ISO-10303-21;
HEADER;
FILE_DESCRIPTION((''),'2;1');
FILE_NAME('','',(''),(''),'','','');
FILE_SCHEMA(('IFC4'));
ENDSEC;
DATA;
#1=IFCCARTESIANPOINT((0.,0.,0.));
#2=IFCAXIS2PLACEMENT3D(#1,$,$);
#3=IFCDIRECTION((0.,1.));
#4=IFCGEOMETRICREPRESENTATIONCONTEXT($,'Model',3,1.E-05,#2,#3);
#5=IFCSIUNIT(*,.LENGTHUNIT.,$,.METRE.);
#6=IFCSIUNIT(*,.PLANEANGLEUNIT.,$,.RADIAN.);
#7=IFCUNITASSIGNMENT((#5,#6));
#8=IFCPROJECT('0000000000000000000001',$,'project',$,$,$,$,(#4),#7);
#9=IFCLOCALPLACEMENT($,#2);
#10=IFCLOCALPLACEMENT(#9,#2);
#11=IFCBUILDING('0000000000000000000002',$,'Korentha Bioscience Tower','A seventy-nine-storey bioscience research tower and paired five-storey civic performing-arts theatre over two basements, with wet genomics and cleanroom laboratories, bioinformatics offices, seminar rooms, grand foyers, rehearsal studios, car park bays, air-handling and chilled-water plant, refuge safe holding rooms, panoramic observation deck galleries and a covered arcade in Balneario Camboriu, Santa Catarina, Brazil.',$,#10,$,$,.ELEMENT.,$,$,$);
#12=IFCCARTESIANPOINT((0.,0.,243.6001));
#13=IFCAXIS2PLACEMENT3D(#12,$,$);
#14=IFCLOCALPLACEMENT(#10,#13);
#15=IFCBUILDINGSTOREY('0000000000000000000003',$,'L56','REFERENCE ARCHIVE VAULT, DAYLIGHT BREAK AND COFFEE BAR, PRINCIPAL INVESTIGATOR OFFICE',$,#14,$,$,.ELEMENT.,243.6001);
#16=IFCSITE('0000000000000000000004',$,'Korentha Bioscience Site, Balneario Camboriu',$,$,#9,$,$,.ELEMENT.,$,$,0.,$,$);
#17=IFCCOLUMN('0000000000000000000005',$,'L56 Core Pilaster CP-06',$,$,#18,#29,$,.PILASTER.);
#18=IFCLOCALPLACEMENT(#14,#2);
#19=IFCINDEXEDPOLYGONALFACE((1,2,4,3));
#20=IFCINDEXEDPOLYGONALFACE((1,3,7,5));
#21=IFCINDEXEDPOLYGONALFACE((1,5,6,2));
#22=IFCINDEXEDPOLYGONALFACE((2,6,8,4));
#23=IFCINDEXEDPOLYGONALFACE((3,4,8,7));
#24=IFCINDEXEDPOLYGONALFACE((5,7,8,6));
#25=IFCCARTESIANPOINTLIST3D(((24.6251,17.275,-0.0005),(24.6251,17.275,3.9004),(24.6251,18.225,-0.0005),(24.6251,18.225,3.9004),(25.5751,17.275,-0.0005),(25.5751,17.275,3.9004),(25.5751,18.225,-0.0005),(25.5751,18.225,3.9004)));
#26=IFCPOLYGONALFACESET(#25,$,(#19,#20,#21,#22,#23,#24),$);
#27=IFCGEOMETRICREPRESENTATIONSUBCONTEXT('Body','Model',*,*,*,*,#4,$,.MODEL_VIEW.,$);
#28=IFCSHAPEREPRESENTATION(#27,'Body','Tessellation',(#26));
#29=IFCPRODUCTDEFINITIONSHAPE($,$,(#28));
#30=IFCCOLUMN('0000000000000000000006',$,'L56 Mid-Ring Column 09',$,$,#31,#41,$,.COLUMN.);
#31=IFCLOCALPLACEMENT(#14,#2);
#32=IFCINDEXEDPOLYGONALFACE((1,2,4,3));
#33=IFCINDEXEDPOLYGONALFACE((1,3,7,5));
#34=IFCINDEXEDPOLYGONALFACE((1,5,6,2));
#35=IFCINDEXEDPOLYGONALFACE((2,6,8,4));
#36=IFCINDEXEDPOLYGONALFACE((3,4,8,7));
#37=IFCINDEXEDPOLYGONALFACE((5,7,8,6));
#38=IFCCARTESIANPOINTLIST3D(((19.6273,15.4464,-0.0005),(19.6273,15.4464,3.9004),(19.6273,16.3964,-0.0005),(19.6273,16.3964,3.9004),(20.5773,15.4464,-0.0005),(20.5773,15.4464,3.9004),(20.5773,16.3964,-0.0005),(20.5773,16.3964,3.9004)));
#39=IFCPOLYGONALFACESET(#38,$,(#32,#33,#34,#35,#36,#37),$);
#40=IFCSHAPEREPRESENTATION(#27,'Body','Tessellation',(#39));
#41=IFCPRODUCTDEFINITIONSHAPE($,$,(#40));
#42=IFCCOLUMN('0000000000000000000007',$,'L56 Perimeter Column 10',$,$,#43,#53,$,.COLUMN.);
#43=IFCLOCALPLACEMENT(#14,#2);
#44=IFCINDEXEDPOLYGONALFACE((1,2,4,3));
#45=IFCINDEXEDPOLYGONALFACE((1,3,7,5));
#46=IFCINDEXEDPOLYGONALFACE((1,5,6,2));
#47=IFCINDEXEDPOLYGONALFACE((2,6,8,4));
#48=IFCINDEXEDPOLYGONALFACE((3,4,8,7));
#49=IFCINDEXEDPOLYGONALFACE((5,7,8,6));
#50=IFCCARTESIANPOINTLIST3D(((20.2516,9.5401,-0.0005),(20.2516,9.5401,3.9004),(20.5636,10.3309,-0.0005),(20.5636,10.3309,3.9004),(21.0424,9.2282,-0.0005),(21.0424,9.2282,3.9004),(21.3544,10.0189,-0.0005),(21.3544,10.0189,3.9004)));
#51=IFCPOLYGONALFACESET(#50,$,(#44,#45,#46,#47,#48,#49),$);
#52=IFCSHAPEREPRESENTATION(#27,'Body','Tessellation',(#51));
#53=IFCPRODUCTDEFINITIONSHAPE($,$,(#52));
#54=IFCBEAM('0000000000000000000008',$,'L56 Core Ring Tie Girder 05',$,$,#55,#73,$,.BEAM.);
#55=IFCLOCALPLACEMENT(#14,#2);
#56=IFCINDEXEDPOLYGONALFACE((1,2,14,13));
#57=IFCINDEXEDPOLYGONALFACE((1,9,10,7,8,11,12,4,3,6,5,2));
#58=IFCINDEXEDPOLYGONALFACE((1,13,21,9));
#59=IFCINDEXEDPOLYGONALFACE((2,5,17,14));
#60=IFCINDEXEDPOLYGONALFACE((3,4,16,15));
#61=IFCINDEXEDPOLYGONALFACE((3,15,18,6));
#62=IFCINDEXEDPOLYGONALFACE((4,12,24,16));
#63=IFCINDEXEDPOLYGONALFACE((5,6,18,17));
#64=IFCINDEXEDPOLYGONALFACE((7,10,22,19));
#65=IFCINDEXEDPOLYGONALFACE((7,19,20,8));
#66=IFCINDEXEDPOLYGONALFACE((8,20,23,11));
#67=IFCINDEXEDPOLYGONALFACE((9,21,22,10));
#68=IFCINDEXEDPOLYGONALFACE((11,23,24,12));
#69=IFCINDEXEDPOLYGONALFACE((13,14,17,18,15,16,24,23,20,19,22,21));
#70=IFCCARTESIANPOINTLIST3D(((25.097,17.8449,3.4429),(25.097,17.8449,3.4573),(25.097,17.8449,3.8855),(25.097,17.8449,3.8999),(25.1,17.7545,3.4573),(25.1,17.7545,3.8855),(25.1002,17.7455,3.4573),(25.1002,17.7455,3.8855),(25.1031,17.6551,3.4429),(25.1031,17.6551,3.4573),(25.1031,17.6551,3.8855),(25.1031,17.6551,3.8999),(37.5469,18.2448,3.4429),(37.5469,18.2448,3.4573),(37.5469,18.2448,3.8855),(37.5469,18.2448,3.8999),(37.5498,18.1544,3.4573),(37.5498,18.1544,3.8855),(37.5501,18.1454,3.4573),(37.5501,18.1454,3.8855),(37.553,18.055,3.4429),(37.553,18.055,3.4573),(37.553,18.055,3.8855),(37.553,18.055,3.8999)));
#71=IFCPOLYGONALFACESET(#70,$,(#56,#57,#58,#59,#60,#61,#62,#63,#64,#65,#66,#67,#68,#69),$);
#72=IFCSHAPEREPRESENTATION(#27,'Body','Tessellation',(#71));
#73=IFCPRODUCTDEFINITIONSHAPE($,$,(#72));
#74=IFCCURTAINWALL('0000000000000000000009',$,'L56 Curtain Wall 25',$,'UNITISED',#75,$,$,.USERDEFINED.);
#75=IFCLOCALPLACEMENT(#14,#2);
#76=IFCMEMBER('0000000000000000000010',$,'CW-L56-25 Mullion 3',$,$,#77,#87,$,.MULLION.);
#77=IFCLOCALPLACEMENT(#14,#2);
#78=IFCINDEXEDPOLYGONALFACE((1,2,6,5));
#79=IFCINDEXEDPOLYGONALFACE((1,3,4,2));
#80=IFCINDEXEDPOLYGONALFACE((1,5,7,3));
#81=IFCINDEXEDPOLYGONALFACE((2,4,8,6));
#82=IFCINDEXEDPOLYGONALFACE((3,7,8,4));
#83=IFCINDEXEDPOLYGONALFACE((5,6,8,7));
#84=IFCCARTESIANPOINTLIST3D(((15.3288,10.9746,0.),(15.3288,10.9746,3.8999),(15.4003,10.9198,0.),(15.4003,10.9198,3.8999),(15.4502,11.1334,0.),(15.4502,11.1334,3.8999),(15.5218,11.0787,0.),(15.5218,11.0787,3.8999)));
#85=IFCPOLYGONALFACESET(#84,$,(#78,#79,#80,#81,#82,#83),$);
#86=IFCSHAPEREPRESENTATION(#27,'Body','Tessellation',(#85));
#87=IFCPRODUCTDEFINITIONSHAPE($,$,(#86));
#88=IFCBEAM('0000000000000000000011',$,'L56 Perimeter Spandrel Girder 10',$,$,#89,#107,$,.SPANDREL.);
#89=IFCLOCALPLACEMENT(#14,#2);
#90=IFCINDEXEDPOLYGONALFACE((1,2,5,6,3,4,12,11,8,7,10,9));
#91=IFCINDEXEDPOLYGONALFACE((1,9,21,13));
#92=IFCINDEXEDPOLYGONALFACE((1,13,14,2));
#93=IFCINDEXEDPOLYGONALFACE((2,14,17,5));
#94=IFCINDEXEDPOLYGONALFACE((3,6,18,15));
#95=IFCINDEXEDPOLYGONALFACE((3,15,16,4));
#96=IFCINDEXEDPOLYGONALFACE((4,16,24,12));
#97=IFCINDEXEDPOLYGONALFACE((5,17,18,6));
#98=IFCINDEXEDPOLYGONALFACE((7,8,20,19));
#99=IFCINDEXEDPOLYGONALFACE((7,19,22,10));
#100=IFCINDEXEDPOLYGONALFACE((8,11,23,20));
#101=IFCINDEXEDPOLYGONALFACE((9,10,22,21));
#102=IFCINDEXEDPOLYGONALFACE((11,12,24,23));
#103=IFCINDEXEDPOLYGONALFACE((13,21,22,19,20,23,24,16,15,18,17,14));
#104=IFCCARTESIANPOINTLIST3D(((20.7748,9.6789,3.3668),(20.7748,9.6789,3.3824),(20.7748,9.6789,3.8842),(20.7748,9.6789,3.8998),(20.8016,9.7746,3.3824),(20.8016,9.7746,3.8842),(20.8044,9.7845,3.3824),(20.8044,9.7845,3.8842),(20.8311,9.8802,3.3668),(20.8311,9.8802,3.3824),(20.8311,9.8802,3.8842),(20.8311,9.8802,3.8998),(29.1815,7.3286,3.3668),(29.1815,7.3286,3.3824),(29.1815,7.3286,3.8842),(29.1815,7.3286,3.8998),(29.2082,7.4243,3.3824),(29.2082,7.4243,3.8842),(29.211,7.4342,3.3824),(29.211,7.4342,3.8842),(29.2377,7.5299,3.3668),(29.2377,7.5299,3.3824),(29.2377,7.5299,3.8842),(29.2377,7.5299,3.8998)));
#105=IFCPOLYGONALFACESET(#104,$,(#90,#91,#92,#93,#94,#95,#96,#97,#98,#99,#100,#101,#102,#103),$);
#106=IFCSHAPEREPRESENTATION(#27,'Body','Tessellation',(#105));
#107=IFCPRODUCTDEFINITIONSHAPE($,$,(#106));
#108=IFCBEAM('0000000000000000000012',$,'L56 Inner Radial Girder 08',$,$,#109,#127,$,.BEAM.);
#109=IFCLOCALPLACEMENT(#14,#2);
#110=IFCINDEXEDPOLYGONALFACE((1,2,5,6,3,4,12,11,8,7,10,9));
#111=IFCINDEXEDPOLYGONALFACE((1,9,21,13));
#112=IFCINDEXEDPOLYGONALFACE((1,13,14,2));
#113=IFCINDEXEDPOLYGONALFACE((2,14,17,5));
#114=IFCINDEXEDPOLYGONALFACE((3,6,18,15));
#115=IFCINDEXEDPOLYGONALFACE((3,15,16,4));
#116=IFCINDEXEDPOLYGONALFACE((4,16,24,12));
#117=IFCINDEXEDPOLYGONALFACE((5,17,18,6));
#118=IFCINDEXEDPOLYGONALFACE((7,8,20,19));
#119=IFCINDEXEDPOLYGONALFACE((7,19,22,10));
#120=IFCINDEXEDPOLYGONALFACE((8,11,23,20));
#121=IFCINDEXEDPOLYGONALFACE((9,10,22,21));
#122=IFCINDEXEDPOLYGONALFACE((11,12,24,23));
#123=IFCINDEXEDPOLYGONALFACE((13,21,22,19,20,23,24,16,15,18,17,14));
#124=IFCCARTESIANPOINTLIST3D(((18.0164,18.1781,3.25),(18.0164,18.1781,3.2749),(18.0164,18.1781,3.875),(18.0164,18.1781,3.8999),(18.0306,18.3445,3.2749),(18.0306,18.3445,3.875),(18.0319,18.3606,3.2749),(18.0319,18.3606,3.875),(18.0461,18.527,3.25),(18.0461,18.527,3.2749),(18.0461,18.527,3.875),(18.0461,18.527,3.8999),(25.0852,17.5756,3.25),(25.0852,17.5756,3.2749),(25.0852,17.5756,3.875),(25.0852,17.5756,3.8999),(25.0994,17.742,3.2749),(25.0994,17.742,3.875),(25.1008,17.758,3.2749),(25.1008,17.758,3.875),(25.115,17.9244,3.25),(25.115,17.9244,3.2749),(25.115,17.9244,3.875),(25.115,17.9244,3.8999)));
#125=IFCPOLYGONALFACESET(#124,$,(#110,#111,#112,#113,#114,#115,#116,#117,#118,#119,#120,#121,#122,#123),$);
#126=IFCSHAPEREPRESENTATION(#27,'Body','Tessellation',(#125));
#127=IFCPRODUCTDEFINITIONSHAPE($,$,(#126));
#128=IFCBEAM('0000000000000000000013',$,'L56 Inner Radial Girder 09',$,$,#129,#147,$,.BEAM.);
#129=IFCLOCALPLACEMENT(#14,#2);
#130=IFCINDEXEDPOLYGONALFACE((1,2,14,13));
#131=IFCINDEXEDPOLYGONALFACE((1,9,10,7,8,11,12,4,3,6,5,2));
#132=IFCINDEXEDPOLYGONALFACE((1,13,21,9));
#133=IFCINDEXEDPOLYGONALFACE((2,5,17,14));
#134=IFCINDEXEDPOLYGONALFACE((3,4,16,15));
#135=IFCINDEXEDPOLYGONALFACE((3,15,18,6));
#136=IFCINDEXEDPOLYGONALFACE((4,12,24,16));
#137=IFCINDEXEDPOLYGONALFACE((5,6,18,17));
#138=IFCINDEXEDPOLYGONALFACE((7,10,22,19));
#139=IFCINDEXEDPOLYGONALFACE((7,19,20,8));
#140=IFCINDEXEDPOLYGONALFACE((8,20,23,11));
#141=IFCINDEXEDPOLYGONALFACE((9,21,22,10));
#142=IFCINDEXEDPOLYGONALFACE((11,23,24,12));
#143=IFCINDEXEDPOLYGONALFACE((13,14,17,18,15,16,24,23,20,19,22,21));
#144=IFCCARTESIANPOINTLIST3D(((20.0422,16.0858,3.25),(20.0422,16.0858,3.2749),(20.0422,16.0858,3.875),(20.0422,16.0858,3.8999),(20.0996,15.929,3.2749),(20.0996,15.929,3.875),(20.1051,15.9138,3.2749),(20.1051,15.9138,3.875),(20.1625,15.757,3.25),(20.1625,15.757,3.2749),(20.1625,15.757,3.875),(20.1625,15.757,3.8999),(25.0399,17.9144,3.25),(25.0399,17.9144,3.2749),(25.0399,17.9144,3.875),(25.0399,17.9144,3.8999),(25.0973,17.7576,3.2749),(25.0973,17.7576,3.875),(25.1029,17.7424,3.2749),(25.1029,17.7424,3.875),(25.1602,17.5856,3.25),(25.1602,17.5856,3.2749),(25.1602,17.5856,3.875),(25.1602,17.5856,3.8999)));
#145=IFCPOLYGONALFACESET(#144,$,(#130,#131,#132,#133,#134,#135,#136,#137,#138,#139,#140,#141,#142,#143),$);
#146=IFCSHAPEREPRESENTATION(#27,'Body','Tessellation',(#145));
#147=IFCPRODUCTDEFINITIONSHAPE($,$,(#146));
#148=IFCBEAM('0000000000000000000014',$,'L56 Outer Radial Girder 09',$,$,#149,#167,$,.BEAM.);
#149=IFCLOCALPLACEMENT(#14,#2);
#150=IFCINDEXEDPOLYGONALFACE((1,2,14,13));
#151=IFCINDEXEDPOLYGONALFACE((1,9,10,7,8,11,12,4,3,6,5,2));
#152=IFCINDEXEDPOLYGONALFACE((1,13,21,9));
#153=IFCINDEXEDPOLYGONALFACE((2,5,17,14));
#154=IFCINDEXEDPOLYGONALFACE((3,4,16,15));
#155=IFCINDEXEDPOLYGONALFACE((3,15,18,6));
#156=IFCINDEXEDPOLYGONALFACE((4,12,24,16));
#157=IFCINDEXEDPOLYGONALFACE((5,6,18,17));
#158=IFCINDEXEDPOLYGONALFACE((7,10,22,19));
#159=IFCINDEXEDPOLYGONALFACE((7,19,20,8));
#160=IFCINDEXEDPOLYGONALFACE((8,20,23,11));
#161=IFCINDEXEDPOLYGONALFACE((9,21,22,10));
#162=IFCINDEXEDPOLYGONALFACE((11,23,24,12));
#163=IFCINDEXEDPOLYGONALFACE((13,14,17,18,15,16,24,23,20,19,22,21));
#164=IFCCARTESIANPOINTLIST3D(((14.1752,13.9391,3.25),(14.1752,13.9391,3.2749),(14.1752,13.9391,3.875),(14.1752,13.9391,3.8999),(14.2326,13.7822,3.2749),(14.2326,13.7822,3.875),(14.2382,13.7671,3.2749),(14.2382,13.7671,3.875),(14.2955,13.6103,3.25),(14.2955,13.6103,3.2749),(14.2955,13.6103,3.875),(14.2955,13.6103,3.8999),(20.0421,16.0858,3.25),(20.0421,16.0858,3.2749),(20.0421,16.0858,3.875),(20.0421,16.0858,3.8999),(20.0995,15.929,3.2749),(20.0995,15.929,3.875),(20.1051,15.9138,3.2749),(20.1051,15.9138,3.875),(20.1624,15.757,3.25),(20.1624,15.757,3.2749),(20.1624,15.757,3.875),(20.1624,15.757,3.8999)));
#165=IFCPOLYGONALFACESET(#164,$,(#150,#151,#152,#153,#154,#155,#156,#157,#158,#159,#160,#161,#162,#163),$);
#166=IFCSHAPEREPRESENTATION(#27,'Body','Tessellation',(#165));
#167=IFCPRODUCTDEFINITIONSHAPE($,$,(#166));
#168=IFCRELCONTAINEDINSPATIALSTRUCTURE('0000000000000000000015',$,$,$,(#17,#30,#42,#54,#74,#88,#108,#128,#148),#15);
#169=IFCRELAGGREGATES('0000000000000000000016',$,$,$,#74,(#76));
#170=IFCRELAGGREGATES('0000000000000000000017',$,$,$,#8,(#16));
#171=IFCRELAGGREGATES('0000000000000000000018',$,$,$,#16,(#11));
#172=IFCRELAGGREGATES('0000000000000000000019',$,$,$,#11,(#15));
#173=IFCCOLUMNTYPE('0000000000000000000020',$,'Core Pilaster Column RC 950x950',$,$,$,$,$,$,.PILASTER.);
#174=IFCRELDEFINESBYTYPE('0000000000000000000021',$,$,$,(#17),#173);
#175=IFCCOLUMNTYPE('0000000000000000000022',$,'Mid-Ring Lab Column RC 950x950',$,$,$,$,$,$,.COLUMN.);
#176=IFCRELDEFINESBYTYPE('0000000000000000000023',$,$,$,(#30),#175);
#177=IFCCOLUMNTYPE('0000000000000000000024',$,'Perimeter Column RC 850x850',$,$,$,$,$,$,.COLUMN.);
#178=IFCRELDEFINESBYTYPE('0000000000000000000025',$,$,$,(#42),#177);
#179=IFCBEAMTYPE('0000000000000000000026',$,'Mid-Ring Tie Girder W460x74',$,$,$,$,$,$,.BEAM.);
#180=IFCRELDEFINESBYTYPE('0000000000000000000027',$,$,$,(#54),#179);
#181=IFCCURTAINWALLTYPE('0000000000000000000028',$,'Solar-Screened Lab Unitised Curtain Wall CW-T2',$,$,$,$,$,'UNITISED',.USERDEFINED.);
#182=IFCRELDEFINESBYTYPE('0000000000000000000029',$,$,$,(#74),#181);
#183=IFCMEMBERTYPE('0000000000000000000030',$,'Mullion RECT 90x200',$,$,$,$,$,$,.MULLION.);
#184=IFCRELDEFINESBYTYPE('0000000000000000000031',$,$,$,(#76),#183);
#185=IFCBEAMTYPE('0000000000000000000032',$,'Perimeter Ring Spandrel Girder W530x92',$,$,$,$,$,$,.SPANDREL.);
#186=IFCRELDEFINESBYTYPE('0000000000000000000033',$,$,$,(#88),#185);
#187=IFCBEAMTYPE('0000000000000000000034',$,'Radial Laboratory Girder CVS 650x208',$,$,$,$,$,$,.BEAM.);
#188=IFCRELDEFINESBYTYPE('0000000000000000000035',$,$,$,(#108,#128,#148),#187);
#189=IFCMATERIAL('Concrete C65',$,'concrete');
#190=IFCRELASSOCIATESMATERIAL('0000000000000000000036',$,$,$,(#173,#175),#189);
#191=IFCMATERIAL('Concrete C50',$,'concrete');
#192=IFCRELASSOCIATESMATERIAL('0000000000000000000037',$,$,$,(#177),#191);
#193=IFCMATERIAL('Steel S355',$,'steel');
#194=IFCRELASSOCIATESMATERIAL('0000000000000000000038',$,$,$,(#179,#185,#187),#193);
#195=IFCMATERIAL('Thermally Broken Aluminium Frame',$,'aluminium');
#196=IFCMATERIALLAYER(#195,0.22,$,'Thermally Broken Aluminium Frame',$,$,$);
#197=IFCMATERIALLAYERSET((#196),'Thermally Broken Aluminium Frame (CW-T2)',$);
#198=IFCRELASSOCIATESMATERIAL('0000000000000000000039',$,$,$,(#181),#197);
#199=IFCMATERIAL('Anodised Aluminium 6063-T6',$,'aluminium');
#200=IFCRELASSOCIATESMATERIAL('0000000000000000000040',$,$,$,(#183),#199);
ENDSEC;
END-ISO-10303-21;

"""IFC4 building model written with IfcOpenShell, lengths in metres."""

from ifc_helpers import new_model, si_unit, direction, frame, origin, origin_2d, place, context, subcontext, project, spatial, rectangle, i_section, extrude, material, layer, layer_set, material_profile, profile_set, type_object, element, aggregate, save


model = new_model("IFC4")

# Units and contexts
model_context = context("Model", 3, precision=1e-05, world=origin(), true_north=direction((0.0, 1.0)))
body_context = subcontext(model_context, "Body", "Model", "MODEL_VIEW")
ifc_project = project(units=[si_unit("LENGTHUNIT", "METRE"), si_unit("PLANEANGLEUNIT", "RADIAN")], contexts=[model_context])

# Site, building, storey
site_placement = place(None, origin())
site = spatial("IfcSite", under=ifc_project, at=site_placement, Name="Korentha Bioscience Site, Balneario Camboriu", CompositionType="ELEMENT", RefElevation=0.0)
building_placement = place(site_placement, origin())
building = spatial("IfcBuilding", under=site, at=building_placement, Name="Korentha Bioscience Tower", Description="A seventy-nine-storey bioscience research tower and paired five-storey civic performing-arts theatre over two basements, with wet genomics and cleanroom laboratories, bioinformatics offices, seminar rooms, grand foyers, rehearsal studios, car park bays, air-handling and chilled-water plant, refuge safe holding rooms, panoramic observation deck galleries and a covered arcade in Balneario Camboriu, Santa Catarina, Brazil.", CompositionType="ELEMENT")
storey_placement = place(building_placement, frame((0.0, 0.0, 243.6001)))
storey = spatial("IfcBuildingStorey", under=building, at=storey_placement, Name="L56", Description="REFERENCE ARCHIVE VAULT, DAYLIGHT BREAK AND COFFEE BAR, PRINCIPAL INVESTIGATOR OFFICE", CompositionType="ELEMENT", Elevation=243.6001)

# Columns
ifc_material_1 = material(Name="Concrete C65", Category="concrete")
ifc_material_profile_1 = material_profile(ifc_material_1, rectangle(XDim=0.95, YDim=0.95, at=origin_2d()), Name="Concrete C65")
ifc_profile_set_1 = profile_set([ifc_material_profile_1], Name="Concrete C65 (COL-CP09)")
column_type_1 = type_object("IfcColumnType", Name="Core Pilaster Column RC 950x950", PredefinedType="PILASTER", material=ifc_profile_set_1)
column_1_placement = place(storey_placement, frame((25.1001, 17.75, -0.0005), z_axis=(0.0, 0.0, 1.0), x_axis=(1.0, 0.0, 0.0)))
element("IfcColumn", 1, at=column_1_placement, inside=storey, type_object=column_type_1, Name="L56 Core Pilaster CP-06", PredefinedType="PILASTER", context=body_context, shape_type="SweptSolid", body=[
    extrude(rectangle(XDim=0.95, YDim=0.95, at=origin_2d()), origin(), (0.0, 0.0, 1.0), 3.9009),
])
ifc_material_profile_2 = material_profile(ifc_material_1, rectangle(XDim=0.95, YDim=0.95, at=origin_2d()), Name="Concrete C65")
ifc_profile_set_2 = profile_set([ifc_material_profile_2], Name="Concrete C65 (COL-MR09)")
column_type_2 = type_object("IfcColumnType", Name="Mid-Ring Lab Column RC 950x950", PredefinedType="COLUMN", material=ifc_profile_set_2)
column_2_placement = place(storey_placement, frame((20.1023, 15.9214, -0.0005), z_axis=(0.0, 0.0, 1.0), x_axis=(1.0, 0.0, 0.0)))
element("IfcColumn", 2, at=column_2_placement, inside=storey, type_object=column_type_2, Name="L56 Mid-Ring Column 09", PredefinedType="COLUMN", context=body_context, shape_type="SweptSolid", body=[
    extrude(rectangle(XDim=0.95, YDim=0.95, at=origin_2d()), origin(), (0.0, 0.0, 1.0), 3.9009),
])
ifc_material_2 = material(Name="Concrete C50", Category="concrete")
ifc_material_profile_3 = material_profile(ifc_material_2, rectangle(XDim=0.8501, YDim=0.8501, at=origin_2d()), Name="Concrete C50")
ifc_profile_set_3 = profile_set([ifc_material_profile_3], Name="Concrete C50 (COL-P08)")
column_type_3 = type_object("IfcColumnType", Name="Perimeter Column RC 850x850", PredefinedType="COLUMN", material=ifc_profile_set_3)
column_3_placement = place(storey_placement, frame((20.803, 9.7795, -0.0005), z_axis=(0.0, 0.0, 1.0), x_axis=(-0.930226, 0.366988, 0.0)))
element("IfcColumn", 3, at=column_3_placement, inside=storey, type_object=column_type_3, Name="L56 Perimeter Column 10", PredefinedType="COLUMN", context=body_context, shape_type="SweptSolid", body=[
    extrude(rectangle(XDim=0.8501, YDim=0.8501, at=origin_2d()), origin(), (0.0, 0.0, 1.0), 3.9009),
])

# Beam
ifc_material_3 = material(Name="Steel S355", Category="steel")
ifc_material_profile_4 = material_profile(ifc_material_3, i_section(OverallWidth=0.1899, OverallDepth=0.457, WebThickness=0.009, FlangeThickness=0.0144, at=origin_2d()), Name="Steel S355")
ifc_profile_set_4 = profile_set([ifc_material_profile_4], Name="Steel S355 (MB-460)")
beam_type_1 = type_object("IfcBeamType", Name="Mid-Ring Tie Girder W460x74", PredefinedType="BEAM", material=ifc_profile_set_4)
beam_1_placement = place(storey_placement, frame((25.1001, 17.75, 3.6714), z_axis=(0.999485, 0.032104, 0.0), x_axis=(-0.032104, 0.999485, 0.0)))
element("IfcBeam", 4, at=beam_1_placement, inside=storey, type_object=beam_type_1, Name="L56 Core Ring Tie Girder 05", PredefinedType="BEAM", context=body_context, shape_type="SweptSolid", body=[
    extrude(i_section(OverallWidth=0.1899, OverallDepth=0.457, WebThickness=0.009, FlangeThickness=0.0144, at=origin_2d()), origin(), (0.0, 0.0, 1.0), 12.4563),
])

# Curtain wall, member
ifc_material_4 = material(Name="Thermally Broken Aluminium Frame", Category="aluminium")
ifc_layer_1 = layer(ifc_material_4, 0.22, Name="Thermally Broken Aluminium Frame")
ifc_layer_set_1 = layer_set([ifc_layer_1], Name="Thermally Broken Aluminium Frame (CW-T2)")
curtain_wall_type = type_object("IfcCurtainWallType", Name="Solar-Screened Lab Unitised Curtain Wall CW-T2", ElementType="UNITISED", PredefinedType="USERDEFINED", material=ifc_layer_set_1)
curtain_wall_placement = place(storey_placement, origin())
curtain_wall = element("IfcCurtainWall", 5, at=curtain_wall_placement, inside=storey, type_object=curtain_wall_type, Name="L56 Curtain Wall 25", ObjectType="UNITISED", PredefinedType="USERDEFINED")
ifc_material_5 = material(Name="Anodised Aluminium 6063-T6", Category="aluminium")
ifc_material_profile_5 = material_profile(ifc_material_5, rectangle(XDim=0.0901, YDim=0.2, at=origin_2d()), Name="Anodised Aluminium 6063-T6")
ifc_profile_set_5 = profile_set([ifc_material_profile_5], Name="Anodised Aluminium 6063-T6 (CW-MUL)")
member_type = type_object("IfcMemberType", Name="Mullion RECT 90x200", PredefinedType="MULLION", material=ifc_profile_set_5)
member_placement = place(storey_placement, frame((15.4253, 11.0266, 0.0), z_axis=(0.0, 0.0, 1.0), x_axis=(0.794382, -0.607418, 0.0)))
member = element("IfcMember", 6, at=member_placement, type_object=member_type, Name="CW-L56-25 Mullion 3", PredefinedType="MULLION", context=body_context, shape_type="SweptSolid", body=[
    extrude(rectangle(XDim=0.0901, YDim=0.2, at=origin_2d()), origin(), (0.0, 0.0, 1.0), 3.8999),
])
aggregate(curtain_wall, [member])

# Beams
ifc_material_profile_6 = material_profile(ifc_material_3, i_section(OverallWidth=0.209, OverallDepth=0.533, WebThickness=0.0103, FlangeThickness=0.0156, at=origin_2d()), Name="Steel S355")
ifc_profile_set_6 = profile_set([ifc_material_profile_6], Name="Steel S355 (SB-530)")
beam_type_2 = type_object("IfcBeamType", Name="Perimeter Ring Spandrel Girder W530x92", PredefinedType="SPANDREL", material=ifc_profile_set_6)
beam_2_placement = place(storey_placement, frame((20.803, 9.7795, 3.6333), z_axis=(0.963069, -0.269253, 0.0), x_axis=(0.269253, 0.963069, 0.0)))
element("IfcBeam", 7, at=beam_2_placement, inside=storey, type_object=beam_type_2, Name="L56 Perimeter Spandrel Girder 10", PredefinedType="SPANDREL", context=body_context, shape_type="SweptSolid", body=[
    extrude(i_section(OverallWidth=0.209, OverallDepth=0.533, WebThickness=0.0103, FlangeThickness=0.0156, at=origin_2d()), origin(), (0.0, 0.0, 1.0), 8.729),
])
ifc_material_profile_7 = material_profile(ifc_material_3, i_section(OverallWidth=0.3501, OverallDepth=0.6499, WebThickness=0.0161, FlangeThickness=0.0249, at=origin_2d()), Name="Steel S355")
ifc_profile_set_7 = profile_set([ifc_material_profile_7], Name="Steel S355 (RB-650)")
beam_type_3 = type_object("IfcBeamType", Name="Radial Laboratory Girder CVS 650x208", PredefinedType="BEAM", material=ifc_profile_set_7)
beam_3_placement = place(storey_placement, frame((25.1001, 17.75, 3.575), z_axis=(-0.996387, 0.084931, 0.0), x_axis=(-0.084931, -0.996387, 0.0)))
element("IfcBeam", 8, at=beam_3_placement, inside=storey, type_object=beam_type_3, Name="L56 Inner Radial Girder 08", PredefinedType="BEAM", context=body_context, shape_type="SweptSolid", body=[
    extrude(i_section(OverallWidth=0.3501, OverallDepth=0.6499, WebThickness=0.0161, FlangeThickness=0.0249, at=origin_2d()), origin(), (0.0, 0.0, 1.0), 7.0945),
])
beam_4_placement = place(storey_placement, frame((25.1001, 17.75, 3.575), z_axis=(-0.939114, -0.343606, 0.0), x_axis=(0.343606, -0.939114, 0.0)))
element("IfcBeam", 9, at=beam_4_placement, inside=storey, type_object=beam_type_3, Name="L56 Inner Radial Girder 09", PredefinedType="BEAM", context=body_context, shape_type="SweptSolid", body=[
    extrude(i_section(OverallWidth=0.3501, OverallDepth=0.6499, WebThickness=0.0161, FlangeThickness=0.0249, at=origin_2d()), origin(), (0.0, 0.0, 1.0), 5.3218),
])
beam_5_placement = place(storey_placement, frame((20.1023, 15.9214, 3.575), z_axis=(-0.939108, -0.343622, 0.0), x_axis=(0.343622, -0.939108, 0.0)))
element("IfcBeam", 10, at=beam_5_placement, inside=storey, type_object=beam_type_3, Name="L56 Outer Radial Girder 09", PredefinedType="BEAM", context=body_context, shape_type="SweptSolid", body=[
    extrude(i_section(OverallWidth=0.3501, OverallDepth=0.6499, WebThickness=0.0161, FlangeThickness=0.0249, at=origin_2d()), origin(), (0.0, 0.0, 1.0), 6.2473),
])

save(model, "model.ifc")
